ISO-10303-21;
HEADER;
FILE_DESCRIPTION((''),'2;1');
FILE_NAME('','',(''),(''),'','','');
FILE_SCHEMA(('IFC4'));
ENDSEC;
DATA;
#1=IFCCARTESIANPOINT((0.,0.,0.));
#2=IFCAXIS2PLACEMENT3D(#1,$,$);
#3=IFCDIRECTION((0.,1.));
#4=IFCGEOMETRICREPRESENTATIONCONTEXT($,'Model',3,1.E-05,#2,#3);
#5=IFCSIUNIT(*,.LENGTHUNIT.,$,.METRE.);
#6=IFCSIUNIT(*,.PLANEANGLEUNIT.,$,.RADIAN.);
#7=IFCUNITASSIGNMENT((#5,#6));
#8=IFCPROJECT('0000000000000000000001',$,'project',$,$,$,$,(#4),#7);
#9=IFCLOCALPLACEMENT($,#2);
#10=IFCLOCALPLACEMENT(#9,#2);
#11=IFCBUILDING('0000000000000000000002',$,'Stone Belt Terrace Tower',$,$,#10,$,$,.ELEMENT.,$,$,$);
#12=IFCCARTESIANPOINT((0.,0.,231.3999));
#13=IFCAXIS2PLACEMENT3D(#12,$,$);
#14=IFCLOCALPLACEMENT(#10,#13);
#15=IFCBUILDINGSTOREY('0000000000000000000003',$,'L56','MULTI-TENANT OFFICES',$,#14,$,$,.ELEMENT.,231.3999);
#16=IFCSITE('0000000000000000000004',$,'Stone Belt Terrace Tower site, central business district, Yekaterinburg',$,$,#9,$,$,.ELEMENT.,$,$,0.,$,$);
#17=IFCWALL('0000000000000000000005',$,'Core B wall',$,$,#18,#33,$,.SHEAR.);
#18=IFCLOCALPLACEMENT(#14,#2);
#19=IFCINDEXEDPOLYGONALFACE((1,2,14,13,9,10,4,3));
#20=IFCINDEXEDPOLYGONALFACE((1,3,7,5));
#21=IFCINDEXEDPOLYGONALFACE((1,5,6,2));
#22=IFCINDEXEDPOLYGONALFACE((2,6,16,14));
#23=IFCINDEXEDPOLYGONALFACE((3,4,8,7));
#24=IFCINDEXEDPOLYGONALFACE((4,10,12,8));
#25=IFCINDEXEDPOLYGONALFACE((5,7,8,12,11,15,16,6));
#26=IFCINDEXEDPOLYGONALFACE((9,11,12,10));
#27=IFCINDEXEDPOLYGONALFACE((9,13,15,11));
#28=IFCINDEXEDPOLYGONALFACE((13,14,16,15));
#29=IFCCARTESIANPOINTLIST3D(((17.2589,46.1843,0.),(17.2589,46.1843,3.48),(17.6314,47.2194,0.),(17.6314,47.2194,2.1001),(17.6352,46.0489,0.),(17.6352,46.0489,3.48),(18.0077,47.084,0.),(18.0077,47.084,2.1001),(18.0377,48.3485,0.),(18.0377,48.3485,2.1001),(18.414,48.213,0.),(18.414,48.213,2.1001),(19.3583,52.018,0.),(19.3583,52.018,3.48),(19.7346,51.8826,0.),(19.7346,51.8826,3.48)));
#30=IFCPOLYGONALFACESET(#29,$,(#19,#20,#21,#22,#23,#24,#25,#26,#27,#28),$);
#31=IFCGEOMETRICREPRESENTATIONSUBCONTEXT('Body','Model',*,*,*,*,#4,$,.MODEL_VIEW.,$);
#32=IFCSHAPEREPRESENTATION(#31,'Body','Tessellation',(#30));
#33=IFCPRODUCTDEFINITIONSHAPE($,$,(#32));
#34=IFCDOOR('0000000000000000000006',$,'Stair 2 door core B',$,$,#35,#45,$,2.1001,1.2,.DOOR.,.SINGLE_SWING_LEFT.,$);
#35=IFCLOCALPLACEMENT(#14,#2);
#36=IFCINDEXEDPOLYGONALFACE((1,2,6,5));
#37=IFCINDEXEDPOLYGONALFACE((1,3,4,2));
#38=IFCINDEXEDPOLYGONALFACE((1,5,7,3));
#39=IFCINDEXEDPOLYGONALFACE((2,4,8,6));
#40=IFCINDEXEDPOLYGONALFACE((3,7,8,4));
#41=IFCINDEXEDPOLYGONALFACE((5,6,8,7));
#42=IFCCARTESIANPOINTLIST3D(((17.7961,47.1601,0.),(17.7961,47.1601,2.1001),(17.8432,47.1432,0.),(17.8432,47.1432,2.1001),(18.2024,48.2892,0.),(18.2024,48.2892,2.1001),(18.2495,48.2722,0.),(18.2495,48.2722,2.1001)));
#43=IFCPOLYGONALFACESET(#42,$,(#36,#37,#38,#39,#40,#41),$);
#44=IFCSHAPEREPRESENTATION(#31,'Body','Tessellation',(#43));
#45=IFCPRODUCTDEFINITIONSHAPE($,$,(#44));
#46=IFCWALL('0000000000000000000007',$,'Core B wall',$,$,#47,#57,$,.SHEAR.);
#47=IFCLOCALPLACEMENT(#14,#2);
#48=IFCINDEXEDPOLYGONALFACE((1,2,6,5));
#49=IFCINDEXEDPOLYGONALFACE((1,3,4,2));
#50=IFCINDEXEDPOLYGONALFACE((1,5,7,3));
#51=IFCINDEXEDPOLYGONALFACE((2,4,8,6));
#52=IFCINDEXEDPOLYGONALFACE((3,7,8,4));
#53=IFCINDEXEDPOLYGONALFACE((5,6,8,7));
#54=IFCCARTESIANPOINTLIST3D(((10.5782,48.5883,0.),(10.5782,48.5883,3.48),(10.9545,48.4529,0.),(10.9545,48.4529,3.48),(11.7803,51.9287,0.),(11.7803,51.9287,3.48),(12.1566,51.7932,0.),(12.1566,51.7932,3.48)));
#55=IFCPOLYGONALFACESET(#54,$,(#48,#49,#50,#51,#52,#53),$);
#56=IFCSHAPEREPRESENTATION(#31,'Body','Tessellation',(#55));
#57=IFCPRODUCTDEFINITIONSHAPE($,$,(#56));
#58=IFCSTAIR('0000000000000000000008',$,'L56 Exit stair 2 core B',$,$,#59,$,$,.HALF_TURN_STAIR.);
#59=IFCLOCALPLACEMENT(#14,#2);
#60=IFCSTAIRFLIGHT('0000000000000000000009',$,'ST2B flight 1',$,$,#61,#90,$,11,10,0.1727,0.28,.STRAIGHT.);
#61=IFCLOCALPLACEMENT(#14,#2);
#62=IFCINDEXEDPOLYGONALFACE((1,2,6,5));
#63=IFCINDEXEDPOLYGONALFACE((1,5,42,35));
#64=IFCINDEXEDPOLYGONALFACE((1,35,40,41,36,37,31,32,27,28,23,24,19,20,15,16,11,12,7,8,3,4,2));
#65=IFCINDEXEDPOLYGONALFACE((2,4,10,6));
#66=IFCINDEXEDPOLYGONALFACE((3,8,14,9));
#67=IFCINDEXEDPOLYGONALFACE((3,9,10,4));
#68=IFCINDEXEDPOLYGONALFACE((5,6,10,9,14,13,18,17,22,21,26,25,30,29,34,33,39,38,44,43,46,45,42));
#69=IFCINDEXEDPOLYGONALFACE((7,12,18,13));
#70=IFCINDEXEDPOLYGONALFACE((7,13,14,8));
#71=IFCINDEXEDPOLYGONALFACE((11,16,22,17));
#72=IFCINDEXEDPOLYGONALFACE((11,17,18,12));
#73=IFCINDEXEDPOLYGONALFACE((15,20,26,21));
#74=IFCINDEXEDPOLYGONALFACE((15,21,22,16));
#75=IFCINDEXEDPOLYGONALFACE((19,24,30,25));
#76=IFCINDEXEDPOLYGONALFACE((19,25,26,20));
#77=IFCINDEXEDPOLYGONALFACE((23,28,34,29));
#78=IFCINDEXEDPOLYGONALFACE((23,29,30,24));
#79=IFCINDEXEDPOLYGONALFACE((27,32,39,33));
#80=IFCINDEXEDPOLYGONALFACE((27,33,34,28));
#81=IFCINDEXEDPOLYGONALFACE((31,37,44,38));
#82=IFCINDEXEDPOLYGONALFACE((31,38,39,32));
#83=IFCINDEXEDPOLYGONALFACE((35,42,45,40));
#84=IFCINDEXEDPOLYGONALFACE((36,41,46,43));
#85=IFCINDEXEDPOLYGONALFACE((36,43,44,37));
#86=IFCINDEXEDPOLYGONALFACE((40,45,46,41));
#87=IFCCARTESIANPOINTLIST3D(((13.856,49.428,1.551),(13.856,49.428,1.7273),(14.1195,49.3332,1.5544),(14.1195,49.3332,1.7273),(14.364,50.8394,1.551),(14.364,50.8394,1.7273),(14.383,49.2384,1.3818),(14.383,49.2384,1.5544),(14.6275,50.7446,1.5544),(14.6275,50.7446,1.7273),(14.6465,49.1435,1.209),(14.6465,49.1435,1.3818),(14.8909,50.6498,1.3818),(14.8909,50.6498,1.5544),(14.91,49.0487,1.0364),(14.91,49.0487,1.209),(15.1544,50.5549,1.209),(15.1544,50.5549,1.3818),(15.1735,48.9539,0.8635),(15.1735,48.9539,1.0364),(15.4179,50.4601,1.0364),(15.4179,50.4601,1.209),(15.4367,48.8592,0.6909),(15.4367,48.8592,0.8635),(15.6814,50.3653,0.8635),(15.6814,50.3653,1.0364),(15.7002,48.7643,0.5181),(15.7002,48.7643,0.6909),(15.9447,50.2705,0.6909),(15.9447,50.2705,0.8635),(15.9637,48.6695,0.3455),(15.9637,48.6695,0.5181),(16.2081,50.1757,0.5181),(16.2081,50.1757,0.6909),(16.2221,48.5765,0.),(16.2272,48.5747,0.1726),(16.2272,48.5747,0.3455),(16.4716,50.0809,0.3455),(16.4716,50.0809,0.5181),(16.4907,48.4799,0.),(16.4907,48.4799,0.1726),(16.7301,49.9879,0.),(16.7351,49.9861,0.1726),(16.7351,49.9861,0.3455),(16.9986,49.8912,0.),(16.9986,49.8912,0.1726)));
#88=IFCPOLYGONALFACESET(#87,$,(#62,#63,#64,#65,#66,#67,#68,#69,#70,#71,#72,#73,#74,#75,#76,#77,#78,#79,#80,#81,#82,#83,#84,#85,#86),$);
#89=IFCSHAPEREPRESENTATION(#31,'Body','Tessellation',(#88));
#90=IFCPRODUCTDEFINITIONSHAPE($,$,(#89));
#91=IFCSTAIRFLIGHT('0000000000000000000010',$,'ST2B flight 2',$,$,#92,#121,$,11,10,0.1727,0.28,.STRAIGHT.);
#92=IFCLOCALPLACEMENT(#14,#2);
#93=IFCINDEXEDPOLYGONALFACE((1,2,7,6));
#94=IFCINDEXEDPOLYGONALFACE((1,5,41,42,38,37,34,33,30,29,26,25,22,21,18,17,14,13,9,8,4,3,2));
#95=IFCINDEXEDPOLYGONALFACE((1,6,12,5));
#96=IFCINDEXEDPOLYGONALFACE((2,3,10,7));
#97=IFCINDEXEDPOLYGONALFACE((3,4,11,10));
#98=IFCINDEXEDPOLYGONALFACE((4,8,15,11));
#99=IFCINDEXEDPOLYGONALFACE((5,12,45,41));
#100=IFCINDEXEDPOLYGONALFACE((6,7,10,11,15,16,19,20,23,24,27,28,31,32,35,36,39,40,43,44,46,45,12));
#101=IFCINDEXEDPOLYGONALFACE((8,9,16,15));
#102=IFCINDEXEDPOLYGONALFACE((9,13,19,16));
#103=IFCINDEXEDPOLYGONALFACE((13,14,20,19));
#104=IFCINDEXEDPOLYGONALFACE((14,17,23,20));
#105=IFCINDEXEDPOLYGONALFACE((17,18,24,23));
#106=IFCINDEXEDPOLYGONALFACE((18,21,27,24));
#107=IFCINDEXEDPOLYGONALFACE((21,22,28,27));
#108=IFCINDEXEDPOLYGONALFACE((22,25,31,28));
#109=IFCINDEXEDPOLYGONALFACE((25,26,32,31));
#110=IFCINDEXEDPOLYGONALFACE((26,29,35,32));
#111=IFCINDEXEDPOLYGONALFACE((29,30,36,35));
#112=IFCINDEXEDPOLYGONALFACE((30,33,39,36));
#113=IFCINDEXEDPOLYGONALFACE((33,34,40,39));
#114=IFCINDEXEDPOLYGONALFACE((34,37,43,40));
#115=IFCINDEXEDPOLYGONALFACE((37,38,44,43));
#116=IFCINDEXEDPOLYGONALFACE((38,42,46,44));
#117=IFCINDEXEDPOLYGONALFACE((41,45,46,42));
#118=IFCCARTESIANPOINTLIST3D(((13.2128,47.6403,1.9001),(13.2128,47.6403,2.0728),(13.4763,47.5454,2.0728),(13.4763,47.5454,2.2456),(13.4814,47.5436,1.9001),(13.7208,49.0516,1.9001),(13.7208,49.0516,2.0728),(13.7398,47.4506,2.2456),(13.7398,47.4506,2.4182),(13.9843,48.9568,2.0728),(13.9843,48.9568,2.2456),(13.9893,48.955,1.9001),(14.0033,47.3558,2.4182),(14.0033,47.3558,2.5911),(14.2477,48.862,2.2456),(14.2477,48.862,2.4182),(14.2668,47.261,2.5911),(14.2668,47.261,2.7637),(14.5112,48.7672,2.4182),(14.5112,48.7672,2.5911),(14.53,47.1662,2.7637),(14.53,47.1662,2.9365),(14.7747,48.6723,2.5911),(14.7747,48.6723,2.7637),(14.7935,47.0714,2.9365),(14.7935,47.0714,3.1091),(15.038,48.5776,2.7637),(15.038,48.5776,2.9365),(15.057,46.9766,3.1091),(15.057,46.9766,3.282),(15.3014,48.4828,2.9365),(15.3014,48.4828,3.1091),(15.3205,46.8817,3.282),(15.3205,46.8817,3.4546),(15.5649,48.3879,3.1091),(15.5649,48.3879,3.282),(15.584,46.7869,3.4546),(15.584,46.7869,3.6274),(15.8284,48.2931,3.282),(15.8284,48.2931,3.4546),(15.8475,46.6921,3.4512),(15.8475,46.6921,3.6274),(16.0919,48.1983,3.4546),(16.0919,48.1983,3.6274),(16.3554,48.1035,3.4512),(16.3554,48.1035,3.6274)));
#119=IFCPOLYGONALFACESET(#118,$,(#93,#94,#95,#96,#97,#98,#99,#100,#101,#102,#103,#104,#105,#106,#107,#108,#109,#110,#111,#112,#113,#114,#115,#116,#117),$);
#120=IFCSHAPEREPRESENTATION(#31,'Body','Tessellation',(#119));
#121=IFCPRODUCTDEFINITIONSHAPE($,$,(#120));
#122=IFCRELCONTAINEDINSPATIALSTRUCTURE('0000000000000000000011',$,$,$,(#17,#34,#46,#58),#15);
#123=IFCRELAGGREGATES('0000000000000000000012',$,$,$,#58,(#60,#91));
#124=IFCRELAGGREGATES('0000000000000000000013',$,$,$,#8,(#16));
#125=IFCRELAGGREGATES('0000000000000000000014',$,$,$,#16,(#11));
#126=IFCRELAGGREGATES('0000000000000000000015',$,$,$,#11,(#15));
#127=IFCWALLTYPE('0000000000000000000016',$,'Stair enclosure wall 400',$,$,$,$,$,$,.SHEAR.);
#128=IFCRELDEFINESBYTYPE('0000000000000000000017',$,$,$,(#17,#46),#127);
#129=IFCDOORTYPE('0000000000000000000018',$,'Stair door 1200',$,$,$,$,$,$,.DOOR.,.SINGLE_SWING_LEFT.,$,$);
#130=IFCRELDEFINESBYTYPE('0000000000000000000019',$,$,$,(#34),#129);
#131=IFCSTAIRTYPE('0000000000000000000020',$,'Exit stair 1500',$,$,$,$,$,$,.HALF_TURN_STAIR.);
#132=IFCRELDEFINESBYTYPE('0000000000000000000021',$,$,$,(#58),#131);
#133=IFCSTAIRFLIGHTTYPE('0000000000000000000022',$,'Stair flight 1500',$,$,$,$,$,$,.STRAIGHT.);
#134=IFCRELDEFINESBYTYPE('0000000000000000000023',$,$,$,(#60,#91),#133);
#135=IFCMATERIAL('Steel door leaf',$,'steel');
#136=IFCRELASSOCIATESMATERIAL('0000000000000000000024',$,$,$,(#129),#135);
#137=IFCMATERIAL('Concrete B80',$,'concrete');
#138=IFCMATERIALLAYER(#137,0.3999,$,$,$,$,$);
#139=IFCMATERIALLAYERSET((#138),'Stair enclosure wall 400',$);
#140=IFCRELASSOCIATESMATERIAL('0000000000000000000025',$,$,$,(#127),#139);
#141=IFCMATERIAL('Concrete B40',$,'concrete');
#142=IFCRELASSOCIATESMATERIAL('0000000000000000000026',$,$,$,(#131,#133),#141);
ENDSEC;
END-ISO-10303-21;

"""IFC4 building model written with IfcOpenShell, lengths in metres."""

from ifc_helpers import new_model, si_unit, direction, frame, frame_2d, origin, place, context, subcontext, project, spatial, polyline, rectangle, outline, extrude, material, layer, layer_set, type_object, element, fill, aggregate, save


model = new_model("IFC4")

# Units and contexts
model_context = context("Model", 3, precision=1e-05, world=origin(), true_north=direction((0.0, 1.0)))
body_context = subcontext(model_context, "Body", "Model", "MODEL_VIEW")
ifc_project = project(units=[si_unit("LENGTHUNIT", "METRE"), si_unit("PLANEANGLEUNIT", "RADIAN")], contexts=[model_context])

# Site, building, storey
site_placement = place(None, origin())
site = spatial("IfcSite", under=ifc_project, at=site_placement, Name="Stone Belt Terrace Tower site, central business district, Yekaterinburg", CompositionType="ELEMENT", RefElevation=0.0)
building_placement = place(site_placement, origin())
building = spatial("IfcBuilding", under=site, at=building_placement, Name="Stone Belt Terrace Tower", CompositionType="ELEMENT")
storey_placement = place(building_placement, frame((0.0, 0.0, 231.3999)))
storey = spatial("IfcBuildingStorey", under=building, at=storey_placement, Name="L56", Description="MULTI-TENANT OFFICES", CompositionType="ELEMENT", Elevation=231.3999)

# Shared definitions
ifc_material_1 = material(Name="Steel door leaf", Category="steel")
door_type_1 = type_object("IfcDoorType", Name="Stair door 1200", OperationType="SINGLE_SWING_LEFT", PredefinedType="DOOR", material=ifc_material_1)

# Wall, opening, door
ifc_material_2 = material(Name="Concrete B80", Category="concrete")
ifc_layer_1 = layer(ifc_material_2, 0.3999)
ifc_layer_set_1 = layer_set([ifc_layer_1], Name="Stair enclosure wall 400")
wall_type_1 = type_object("IfcWallType", Name="Stair enclosure wall 400", PredefinedType="SHEAR", material=ifc_layer_set_1)
wall_1_placement = place(storey_placement, frame((17.447, 46.1165, 0.0), z_axis=(0.0, 0.0, 1.0), x_axis=(0.338608, 0.940928, 0.0)))
wall_1 = element("IfcWall", 1, at=wall_1_placement, inside=storey, type_object=wall_type_1, Name="Core B wall", PredefinedType="SHEAR", context=body_context, shape_type="SweptSolid", body=[
    extrude(rectangle(XDim=6.2, YDim=0.3999, at=frame_2d((3.1001, 0.0))), origin(), (0.0, 0.0, 1.0), 3.48),
])
opening_1_placement = place(wall_1_placement, frame((1.1001, 0.0, 0.0)))
opening_1 = element("IfcOpeningElement", 2, at=opening_1_placement, cuts=wall_1, PredefinedType="OPENING", context=body_context, shape_type="SweptSolid", body=[
    extrude(rectangle(XDim=1.2, YDim=2.1001, at=frame_2d((0.6001, 1.05))), frame((0.0, 0.21, 0.0), z_axis=(0.0, -1.0, 0.0), x_axis=(1.0, 0.0, 0.0)), (0.0, 0.0, 1.0), 0.4199),
])
door_1_placement = place(opening_1_placement, origin())
door_1 = element("IfcDoor", 3, at=door_1_placement, inside=storey, type_object=door_type_1, Name="Stair 2 door core B", OperationType="SINGLE_SWING_LEFT", OverallHeight=2.1001, OverallWidth=1.2, PredefinedType="DOOR", context=body_context, shape_type="SweptSolid", body=[
    extrude(rectangle(XDim=1.2, YDim=2.1001, at=frame_2d((0.6001, 1.05))), frame((0.0, 0.0249, 0.0), z_axis=(0.0, -1.0, 0.0), x_axis=(1.0, 0.0, 0.0)), (0.0, 0.0, 1.0), 0.05),
])
fill(opening_1, door_1)

# Wall
wall_2_placement = place(storey_placement, frame((10.7664, 48.5208, 0.0), z_axis=(0.0, 0.0, 1.0), x_axis=(0.338627, 0.940921, 0.0)))
element("IfcWall", 4, at=wall_2_placement, inside=storey, type_object=wall_type_1, Name="Core B wall", PredefinedType="SHEAR", context=body_context, shape_type="SweptSolid", body=[
    extrude(rectangle(XDim=3.55, YDim=0.3999, at=frame_2d((1.7749, 0.0))), origin(), (0.0, 0.0, 1.0), 3.48),
])

# Stair, stair flights
ifc_material_3 = material(Name="Concrete B40", Category="concrete")
stair_type = type_object("IfcStairType", Name="Exit stair 1500", PredefinedType="HALF_TURN_STAIR", material=ifc_material_3)
stair_placement = place(storey_placement, origin())
stair = element("IfcStair", 5, at=stair_placement, inside=storey, type_object=stair_type, Name="L56 Exit stair 2 core B", PredefinedType="HALF_TURN_STAIR")
stair_flight_type = type_object("IfcStairFlightType", Name="Stair flight 1500", PredefinedType="STRAIGHT", material=ifc_material_3)
stair_flight_1_placement = place(storey_placement, frame((16.7446, 49.1855, 0.0), z_axis=(0.0, 0.0, 1.0), x_axis=(-0.940922, 0.338624, 0.0)))
stair_flight_1 = element("IfcStairFlight", 6, at=stair_flight_1_placement, type_object=stair_flight_type, Name="ST2B flight 1", NumberOfRisers=11, NumberOfTreads=10, PredefinedType="STRAIGHT", RiserHeight=0.1727, TreadLength=0.28, context=body_context, shape_type="SweptSolid", body=[
    extrude(outline(polyline([(0.0, 0.0), (0.0, 0.1726), (0.28, 0.1726), (0.28, 0.3455), (0.5601, 0.3455), (0.5601, 0.5181), (0.8401, 0.5181), (0.8401, 0.6909), (1.1201, 0.6909), (1.1201, 0.8635), (1.3999, 0.8635), (1.3999, 1.0364), (1.6799, 1.0364), (1.6799, 1.209), (1.96, 1.209), (1.96, 1.3818), (2.24, 1.3818), (2.24, 1.5544), (2.52, 1.5544), (2.52, 1.7273), (2.8, 1.7273), (2.8, 1.8999), (2.8, 1.551), (0.2854, 0.0), (0.0, 0.0)])), frame((0.0, 0.75, 0.0), z_axis=(0.0, -1.0, 0.0), x_axis=(1.0, 0.0, 0.0)), (0.0, 0.0, 1.0), 1.5),
])
stair_flight_2_placement = place(storey_placement, frame((13.4668, 48.3459, 1.9001), z_axis=(0.0, 0.0, 1.0), x_axis=(0.940922, -0.338624, 0.0)))
stair_flight_2 = element("IfcStairFlight", 7, at=stair_flight_2_placement, type_object=stair_flight_type, Name="ST2B flight 2", NumberOfRisers=11, NumberOfTreads=10, PredefinedType="STRAIGHT", RiserHeight=0.1727, TreadLength=0.28, context=body_context, shape_type="SweptSolid", body=[
    extrude(outline(polyline([(0.0, 0.0), (0.0, 0.1726), (0.28, 0.1726), (0.28, 0.3455), (0.5601, 0.3455), (0.5601, 0.5181), (0.8401, 0.5181), (0.8401, 0.6909), (1.1201, 0.6909), (1.1201, 0.8635), (1.3999, 0.8635), (1.3999, 1.0364), (1.6799, 1.0364), (1.6799, 1.209), (1.96, 1.209), (1.96, 1.3818), (2.24, 1.3818), (2.24, 1.5544), (2.52, 1.5544), (2.52, 1.7273), (2.8, 1.7273), (2.8, 1.8999), (2.8, 1.551), (0.2854, 0.0), (0.0, 0.0)])), frame((0.0, 0.75, 0.0), z_axis=(0.0, -1.0, 0.0), x_axis=(1.0, 0.0, 0.0)), (0.0, 0.0, 1.0), 1.5),
])
aggregate(stair, [stair_flight_1, stair_flight_2])

save(model, "model.ifc")
